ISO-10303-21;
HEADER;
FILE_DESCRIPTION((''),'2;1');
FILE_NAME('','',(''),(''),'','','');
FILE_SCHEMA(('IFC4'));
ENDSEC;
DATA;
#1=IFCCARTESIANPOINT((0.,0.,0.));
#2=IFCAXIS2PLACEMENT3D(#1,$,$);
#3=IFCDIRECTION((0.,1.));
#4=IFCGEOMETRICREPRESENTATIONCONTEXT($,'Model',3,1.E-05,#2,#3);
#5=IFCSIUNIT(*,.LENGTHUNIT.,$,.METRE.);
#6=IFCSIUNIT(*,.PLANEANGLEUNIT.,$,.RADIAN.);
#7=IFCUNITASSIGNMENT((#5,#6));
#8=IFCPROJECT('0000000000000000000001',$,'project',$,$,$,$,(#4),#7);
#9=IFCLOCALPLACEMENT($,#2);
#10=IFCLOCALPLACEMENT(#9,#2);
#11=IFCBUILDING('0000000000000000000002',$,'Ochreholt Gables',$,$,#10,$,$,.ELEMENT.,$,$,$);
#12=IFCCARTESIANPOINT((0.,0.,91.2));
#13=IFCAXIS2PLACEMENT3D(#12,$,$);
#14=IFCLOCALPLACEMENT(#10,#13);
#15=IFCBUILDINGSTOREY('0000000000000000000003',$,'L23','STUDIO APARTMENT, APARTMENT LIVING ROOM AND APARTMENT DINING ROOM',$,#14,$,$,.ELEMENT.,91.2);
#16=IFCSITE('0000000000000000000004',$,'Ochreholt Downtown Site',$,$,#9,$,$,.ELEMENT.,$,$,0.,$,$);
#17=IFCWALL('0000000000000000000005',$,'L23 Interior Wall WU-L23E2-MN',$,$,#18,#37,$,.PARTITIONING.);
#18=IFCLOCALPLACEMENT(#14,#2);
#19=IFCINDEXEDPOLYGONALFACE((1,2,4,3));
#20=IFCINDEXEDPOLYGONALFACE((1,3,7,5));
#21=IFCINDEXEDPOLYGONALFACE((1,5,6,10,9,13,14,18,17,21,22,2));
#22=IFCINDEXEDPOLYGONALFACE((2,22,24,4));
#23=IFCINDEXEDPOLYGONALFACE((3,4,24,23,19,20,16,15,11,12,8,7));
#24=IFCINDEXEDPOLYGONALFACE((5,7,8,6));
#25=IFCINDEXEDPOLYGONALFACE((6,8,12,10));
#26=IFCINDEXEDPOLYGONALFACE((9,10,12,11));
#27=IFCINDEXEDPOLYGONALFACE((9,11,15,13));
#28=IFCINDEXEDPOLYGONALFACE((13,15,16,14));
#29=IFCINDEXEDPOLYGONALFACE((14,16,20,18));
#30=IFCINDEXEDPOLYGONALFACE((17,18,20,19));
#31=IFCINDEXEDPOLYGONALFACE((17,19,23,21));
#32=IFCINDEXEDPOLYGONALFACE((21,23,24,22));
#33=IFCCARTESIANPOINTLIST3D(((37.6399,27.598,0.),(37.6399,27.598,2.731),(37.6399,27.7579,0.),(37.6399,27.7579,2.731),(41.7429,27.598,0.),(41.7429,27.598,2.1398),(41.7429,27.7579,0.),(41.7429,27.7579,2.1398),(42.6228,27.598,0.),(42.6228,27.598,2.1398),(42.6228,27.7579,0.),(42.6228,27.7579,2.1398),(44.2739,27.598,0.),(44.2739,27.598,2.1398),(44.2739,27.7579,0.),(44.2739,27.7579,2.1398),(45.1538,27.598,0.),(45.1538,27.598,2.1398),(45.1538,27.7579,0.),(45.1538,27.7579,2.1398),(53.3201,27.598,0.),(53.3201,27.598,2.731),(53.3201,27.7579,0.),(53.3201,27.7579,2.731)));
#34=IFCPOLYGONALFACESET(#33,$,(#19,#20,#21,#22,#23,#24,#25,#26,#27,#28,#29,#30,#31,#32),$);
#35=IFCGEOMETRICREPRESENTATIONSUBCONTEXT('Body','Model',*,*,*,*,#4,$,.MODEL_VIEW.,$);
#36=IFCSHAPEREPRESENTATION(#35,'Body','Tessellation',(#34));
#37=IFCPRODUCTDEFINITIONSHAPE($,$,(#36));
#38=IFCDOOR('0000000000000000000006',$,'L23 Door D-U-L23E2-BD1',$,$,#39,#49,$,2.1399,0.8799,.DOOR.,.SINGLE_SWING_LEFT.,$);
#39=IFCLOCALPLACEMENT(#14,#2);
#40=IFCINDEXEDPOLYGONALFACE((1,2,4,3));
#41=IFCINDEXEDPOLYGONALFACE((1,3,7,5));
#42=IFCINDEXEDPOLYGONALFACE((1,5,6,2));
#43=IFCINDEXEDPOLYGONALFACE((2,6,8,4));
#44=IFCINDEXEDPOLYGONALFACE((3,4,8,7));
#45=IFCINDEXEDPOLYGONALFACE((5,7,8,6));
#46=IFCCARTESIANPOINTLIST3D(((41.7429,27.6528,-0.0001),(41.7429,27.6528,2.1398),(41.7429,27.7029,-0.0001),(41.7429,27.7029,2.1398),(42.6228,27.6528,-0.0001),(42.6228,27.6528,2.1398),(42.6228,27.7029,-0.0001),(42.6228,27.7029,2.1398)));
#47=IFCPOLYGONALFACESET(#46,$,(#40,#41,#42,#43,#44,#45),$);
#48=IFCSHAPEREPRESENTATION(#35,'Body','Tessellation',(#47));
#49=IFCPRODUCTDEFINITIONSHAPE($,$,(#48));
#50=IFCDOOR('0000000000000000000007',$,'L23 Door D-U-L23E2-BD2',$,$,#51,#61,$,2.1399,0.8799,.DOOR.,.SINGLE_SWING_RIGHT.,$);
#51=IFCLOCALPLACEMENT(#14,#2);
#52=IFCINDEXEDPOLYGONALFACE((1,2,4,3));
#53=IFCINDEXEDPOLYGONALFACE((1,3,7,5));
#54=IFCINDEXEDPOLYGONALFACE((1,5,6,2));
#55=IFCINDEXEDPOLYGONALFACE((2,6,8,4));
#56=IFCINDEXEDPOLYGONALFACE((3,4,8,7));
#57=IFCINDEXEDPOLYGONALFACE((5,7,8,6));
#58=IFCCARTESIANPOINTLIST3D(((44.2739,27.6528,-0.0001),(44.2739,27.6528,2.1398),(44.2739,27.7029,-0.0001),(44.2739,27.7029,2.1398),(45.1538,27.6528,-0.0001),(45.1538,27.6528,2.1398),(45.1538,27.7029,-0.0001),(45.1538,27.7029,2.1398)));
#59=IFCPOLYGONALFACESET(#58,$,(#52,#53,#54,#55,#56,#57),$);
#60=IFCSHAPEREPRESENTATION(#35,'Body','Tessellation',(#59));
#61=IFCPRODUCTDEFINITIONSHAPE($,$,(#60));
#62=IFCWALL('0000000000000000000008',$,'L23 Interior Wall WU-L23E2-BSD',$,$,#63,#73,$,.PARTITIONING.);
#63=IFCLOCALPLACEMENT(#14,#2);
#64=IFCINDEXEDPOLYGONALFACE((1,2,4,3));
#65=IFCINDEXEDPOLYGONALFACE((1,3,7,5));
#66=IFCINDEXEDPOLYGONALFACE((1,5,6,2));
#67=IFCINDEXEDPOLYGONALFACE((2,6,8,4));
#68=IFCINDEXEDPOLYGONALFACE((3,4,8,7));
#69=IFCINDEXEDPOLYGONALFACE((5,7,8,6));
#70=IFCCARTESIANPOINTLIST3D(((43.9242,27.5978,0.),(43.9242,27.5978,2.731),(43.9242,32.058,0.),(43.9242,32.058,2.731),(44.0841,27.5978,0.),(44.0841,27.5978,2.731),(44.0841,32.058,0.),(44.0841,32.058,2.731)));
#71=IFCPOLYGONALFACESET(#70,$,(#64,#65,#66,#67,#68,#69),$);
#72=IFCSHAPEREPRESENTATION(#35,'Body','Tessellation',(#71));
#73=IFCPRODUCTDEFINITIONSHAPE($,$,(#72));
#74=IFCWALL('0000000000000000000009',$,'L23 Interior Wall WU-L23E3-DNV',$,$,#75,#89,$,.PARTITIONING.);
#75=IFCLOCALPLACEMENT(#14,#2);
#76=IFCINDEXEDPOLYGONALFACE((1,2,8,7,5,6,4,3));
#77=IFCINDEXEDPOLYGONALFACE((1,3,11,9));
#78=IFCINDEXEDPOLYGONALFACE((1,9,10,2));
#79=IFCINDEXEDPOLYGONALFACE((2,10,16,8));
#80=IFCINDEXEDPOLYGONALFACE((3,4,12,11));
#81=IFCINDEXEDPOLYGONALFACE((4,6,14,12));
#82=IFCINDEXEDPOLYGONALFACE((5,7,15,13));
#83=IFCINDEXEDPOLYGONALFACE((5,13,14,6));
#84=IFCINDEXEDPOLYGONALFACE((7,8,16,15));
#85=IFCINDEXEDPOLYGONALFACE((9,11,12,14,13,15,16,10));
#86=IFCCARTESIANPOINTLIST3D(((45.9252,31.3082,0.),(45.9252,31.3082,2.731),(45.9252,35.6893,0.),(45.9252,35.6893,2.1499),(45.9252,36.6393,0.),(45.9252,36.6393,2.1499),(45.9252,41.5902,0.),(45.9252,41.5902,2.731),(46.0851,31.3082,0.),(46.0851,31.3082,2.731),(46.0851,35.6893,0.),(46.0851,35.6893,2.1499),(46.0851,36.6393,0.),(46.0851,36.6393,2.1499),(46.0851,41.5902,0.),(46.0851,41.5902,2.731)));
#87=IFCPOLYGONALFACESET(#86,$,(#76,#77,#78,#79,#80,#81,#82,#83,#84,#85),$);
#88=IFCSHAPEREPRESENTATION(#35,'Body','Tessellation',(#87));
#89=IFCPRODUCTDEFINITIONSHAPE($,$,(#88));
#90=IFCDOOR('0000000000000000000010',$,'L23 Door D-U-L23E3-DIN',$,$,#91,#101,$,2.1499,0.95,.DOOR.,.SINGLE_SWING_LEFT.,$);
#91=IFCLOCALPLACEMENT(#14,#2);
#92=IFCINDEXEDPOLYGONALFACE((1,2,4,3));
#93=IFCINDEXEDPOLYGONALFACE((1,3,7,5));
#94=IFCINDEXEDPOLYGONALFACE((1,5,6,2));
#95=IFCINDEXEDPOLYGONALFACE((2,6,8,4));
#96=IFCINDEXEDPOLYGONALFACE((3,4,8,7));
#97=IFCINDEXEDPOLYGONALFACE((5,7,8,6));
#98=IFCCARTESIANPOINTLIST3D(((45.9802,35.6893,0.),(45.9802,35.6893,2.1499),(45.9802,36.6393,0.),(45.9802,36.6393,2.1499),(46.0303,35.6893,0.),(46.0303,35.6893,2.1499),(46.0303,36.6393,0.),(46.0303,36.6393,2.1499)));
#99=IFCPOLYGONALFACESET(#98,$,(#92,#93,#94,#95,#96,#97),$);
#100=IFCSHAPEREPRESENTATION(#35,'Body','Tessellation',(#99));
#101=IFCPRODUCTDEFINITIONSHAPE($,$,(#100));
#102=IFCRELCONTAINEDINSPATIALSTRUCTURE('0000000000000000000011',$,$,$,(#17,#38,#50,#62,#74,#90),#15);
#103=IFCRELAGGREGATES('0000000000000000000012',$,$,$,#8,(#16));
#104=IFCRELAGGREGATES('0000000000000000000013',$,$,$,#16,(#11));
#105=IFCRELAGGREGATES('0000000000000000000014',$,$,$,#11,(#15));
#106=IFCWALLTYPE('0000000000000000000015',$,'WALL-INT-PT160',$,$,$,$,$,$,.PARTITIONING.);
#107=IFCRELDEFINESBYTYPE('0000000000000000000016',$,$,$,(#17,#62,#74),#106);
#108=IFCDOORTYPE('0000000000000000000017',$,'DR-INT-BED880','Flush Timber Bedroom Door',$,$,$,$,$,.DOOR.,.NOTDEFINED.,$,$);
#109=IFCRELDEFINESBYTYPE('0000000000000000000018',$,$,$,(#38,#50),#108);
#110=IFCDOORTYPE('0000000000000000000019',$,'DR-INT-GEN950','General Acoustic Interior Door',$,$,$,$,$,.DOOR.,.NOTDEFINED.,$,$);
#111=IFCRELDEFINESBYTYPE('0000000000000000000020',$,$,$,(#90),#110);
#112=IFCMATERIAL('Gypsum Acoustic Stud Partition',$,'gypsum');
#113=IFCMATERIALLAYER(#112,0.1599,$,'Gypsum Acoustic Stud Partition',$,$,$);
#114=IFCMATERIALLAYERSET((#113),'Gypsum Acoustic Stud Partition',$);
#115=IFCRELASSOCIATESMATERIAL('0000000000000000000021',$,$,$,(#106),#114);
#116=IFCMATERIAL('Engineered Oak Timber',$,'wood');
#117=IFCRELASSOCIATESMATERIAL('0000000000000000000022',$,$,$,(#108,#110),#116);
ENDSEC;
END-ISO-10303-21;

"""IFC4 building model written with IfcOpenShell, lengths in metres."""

from ifc_helpers import new_model, si_unit, direction, frame, frame_2d, origin, place, context, subcontext, project, spatial, rectangle, extrude, material, layer, layer_set, type_object, element, fill, save


model = new_model("IFC4")

# Units and contexts
model_context = context("Model", 3, precision=1e-05, world=origin(), true_north=direction((0.0, 1.0)))
body_context = subcontext(model_context, "Body", "Model", "MODEL_VIEW")
ifc_project = project(units=[si_unit("LENGTHUNIT", "METRE"), si_unit("PLANEANGLEUNIT", "RADIAN")], contexts=[model_context])

# Site, building, storey
site_placement = place(None, origin())
site = spatial("IfcSite", under=ifc_project, at=site_placement, Name="Ochreholt Downtown Site", CompositionType="ELEMENT", RefElevation=0.0)
building_placement = place(site_placement, origin())
building = spatial("IfcBuilding", under=site, at=building_placement, Name="Ochreholt Gables", CompositionType="ELEMENT")
storey_placement = place(building_placement, frame((0.0, 0.0, 91.2)))
storey = spatial("IfcBuildingStorey", under=building, at=storey_placement, Name="L23", Description="STUDIO APARTMENT, APARTMENT LIVING ROOM AND APARTMENT DINING ROOM", CompositionType="ELEMENT", Elevation=91.2)

# Shared definitions
ifc_material_1 = material(Name="Engineered Oak Timber", Category="wood")

# Wall, openings, doors
ifc_material_2 = material(Name="Gypsum Acoustic Stud Partition", Category="gypsum")
ifc_layer_1 = layer(ifc_material_2, 0.1599, Name="Gypsum Acoustic Stud Partition")
ifc_layer_set_1 = layer_set([ifc_layer_1], Name="Gypsum Acoustic Stud Partition")
wall_type_1 = type_object("IfcWallType", Name="WALL-INT-PT160", PredefinedType="PARTITIONING", material=ifc_layer_set_1)
wall_1_placement = place(storey_placement, frame((37.6399, 27.678, 0.0), z_axis=(0.0, 0.0, 1.0), x_axis=(1.0, 0.0, 0.0)))
wall_1 = element("IfcWall", 1, at=wall_1_placement, inside=storey, type_object=wall_type_1, Name="L23 Interior Wall WU-L23E2-MN", PredefinedType="PARTITIONING", context=body_context, shape_type="SweptSolid", body=[
    extrude(rectangle(XDim=15.6802, YDim=0.1599, at=frame_2d((7.8401, 0.0))), origin(), (0.0, 0.0, 1.0), 2.731),
])
opening_1_placement = place(wall_1_placement, frame((4.103, 0.0, 0.0)))
opening_1 = element("IfcOpeningElement", 2, at=opening_1_placement, cuts=wall_1, PredefinedType="OPENING", context=body_context, shape_type="SweptSolid", body=[
    extrude(rectangle(XDim=0.8799, YDim=2.1399, at=frame_2d((0.4399, 1.0698))), frame((0.0, 0.0898, 0.0), z_axis=(0.0, -1.0, 0.0), x_axis=(1.0, 0.0, 0.0)), (0.0, 0.0, 1.0), 0.1799),
])
opening_2_placement = place(wall_1_placement, frame((6.634, 0.0, 0.0)))
opening_2 = element("IfcOpeningElement", 3, at=opening_2_placement, cuts=wall_1, PredefinedType="OPENING", context=body_context, shape_type="SweptSolid", body=[
    extrude(rectangle(XDim=0.8799, YDim=2.1399, at=frame_2d((0.4399, 1.0698))), frame((0.0, 0.0898, 0.0), z_axis=(0.0, -1.0, 0.0), x_axis=(1.0, 0.0, 0.0)), (0.0, 0.0, 1.0), 0.1799),
])
door_type_1 = type_object("IfcDoorType", Name="DR-INT-BED880", Description="Flush Timber Bedroom Door", OperationType="NOTDEFINED", PredefinedType="DOOR", material=ifc_material_1)
door_1_placement = place(opening_1_placement, origin())
door_1 = element("IfcDoor", 4, at=door_1_placement, inside=storey, type_object=door_type_1, Name="L23 Door D-U-L23E2-BD1", OperationType="SINGLE_SWING_LEFT", OverallHeight=2.1399, OverallWidth=0.8799, PredefinedType="DOOR", context=body_context, shape_type="SweptSolid", body=[
    extrude(rectangle(XDim=0.8799, YDim=2.1399, at=frame_2d((0.4399, 1.0698))), frame((0.0, 0.0249, 0.0), z_axis=(0.0, -1.0, 0.0), x_axis=(1.0, 0.0, 0.0)), (0.0, 0.0, 1.0), 0.05),
])
fill(opening_1, door_1)
door_2_placement = place(opening_2_placement, origin())
door_2 = element("IfcDoor", 5, at=door_2_placement, inside=storey, type_object=door_type_1, Name="L23 Door D-U-L23E2-BD2", OperationType="SINGLE_SWING_RIGHT", OverallHeight=2.1399, OverallWidth=0.8799, PredefinedType="DOOR", context=body_context, shape_type="SweptSolid", body=[
    extrude(rectangle(XDim=0.8799, YDim=2.1399, at=frame_2d((0.4399, 1.0698))), frame((0.0, 0.0249, 0.0), z_axis=(0.0, -1.0, 0.0), x_axis=(1.0, 0.0, 0.0)), (0.0, 0.0, 1.0), 0.05),
])
fill(opening_2, door_2)

# Wall
wall_2_placement = place(storey_placement, frame((44.0042, 27.5979, 0.0), z_axis=(0.0, 0.0, 1.0), x_axis=(0.0, 1.0, 0.0)))
element("IfcWall", 6, at=wall_2_placement, inside=storey, type_object=wall_type_1, Name="L23 Interior Wall WU-L23E2-BSD", PredefinedType="PARTITIONING", context=body_context, shape_type="SweptSolid", body=[
    extrude(rectangle(XDim=4.4602, YDim=0.1599, at=frame_2d((2.23, 0.0))), origin(), (0.0, 0.0, 1.0), 2.731),
])

# Wall, opening, door
wall_3_placement = place(storey_placement, frame((46.0051, 31.3081, 0.0), z_axis=(0.0, 0.0, 1.0), x_axis=(0.0, 1.0, 0.0)))
wall_3 = element("IfcWall", 7, at=wall_3_placement, inside=storey, type_object=wall_type_1, Name="L23 Interior Wall WU-L23E3-DNV", PredefinedType="PARTITIONING", context=body_context, shape_type="SweptSolid", body=[
    extrude(rectangle(XDim=10.282, YDim=0.1599, at=frame_2d((5.1411, 0.0))), origin(), (0.0, 0.0, 1.0), 2.731),
])
opening_3_placement = place(wall_3_placement, frame((4.3811, 0.0, 0.0)))
opening_3 = element("IfcOpeningElement", 8, at=opening_3_placement, cuts=wall_3, PredefinedType="OPENING", context=body_context, shape_type="SweptSolid", body=[
    extrude(rectangle(XDim=0.95, YDim=2.1499, at=frame_2d((0.4751, 1.075))), frame((0.0, 0.0898, 0.0), z_axis=(0.0, -1.0, 0.0), x_axis=(1.0, 0.0, 0.0)), (0.0, 0.0, 1.0), 0.1799),
])
door_type_2 = type_object("IfcDoorType", Name="DR-INT-GEN950", Description="General Acoustic Interior Door", OperationType="NOTDEFINED", PredefinedType="DOOR", material=ifc_material_1)
door_3_placement = place(opening_3_placement, origin())
door_3 = element("IfcDoor", 9, at=door_3_placement, inside=storey, type_object=door_type_2, Name="L23 Door D-U-L23E3-DIN", OperationType="SINGLE_SWING_LEFT", OverallHeight=2.1499, OverallWidth=0.95, PredefinedType="DOOR", context=body_context, shape_type="SweptSolid", body=[
    extrude(rectangle(XDim=0.95, YDim=2.1499, at=frame_2d((0.4751, 1.075))), frame((0.0, 0.0249, 0.0), z_axis=(0.0, -1.0, 0.0), x_axis=(1.0, 0.0, 0.0)), (0.0, 0.0, 1.0), 0.05),
])
fill(opening_3, door_3)

save(model, "model.ifc")
